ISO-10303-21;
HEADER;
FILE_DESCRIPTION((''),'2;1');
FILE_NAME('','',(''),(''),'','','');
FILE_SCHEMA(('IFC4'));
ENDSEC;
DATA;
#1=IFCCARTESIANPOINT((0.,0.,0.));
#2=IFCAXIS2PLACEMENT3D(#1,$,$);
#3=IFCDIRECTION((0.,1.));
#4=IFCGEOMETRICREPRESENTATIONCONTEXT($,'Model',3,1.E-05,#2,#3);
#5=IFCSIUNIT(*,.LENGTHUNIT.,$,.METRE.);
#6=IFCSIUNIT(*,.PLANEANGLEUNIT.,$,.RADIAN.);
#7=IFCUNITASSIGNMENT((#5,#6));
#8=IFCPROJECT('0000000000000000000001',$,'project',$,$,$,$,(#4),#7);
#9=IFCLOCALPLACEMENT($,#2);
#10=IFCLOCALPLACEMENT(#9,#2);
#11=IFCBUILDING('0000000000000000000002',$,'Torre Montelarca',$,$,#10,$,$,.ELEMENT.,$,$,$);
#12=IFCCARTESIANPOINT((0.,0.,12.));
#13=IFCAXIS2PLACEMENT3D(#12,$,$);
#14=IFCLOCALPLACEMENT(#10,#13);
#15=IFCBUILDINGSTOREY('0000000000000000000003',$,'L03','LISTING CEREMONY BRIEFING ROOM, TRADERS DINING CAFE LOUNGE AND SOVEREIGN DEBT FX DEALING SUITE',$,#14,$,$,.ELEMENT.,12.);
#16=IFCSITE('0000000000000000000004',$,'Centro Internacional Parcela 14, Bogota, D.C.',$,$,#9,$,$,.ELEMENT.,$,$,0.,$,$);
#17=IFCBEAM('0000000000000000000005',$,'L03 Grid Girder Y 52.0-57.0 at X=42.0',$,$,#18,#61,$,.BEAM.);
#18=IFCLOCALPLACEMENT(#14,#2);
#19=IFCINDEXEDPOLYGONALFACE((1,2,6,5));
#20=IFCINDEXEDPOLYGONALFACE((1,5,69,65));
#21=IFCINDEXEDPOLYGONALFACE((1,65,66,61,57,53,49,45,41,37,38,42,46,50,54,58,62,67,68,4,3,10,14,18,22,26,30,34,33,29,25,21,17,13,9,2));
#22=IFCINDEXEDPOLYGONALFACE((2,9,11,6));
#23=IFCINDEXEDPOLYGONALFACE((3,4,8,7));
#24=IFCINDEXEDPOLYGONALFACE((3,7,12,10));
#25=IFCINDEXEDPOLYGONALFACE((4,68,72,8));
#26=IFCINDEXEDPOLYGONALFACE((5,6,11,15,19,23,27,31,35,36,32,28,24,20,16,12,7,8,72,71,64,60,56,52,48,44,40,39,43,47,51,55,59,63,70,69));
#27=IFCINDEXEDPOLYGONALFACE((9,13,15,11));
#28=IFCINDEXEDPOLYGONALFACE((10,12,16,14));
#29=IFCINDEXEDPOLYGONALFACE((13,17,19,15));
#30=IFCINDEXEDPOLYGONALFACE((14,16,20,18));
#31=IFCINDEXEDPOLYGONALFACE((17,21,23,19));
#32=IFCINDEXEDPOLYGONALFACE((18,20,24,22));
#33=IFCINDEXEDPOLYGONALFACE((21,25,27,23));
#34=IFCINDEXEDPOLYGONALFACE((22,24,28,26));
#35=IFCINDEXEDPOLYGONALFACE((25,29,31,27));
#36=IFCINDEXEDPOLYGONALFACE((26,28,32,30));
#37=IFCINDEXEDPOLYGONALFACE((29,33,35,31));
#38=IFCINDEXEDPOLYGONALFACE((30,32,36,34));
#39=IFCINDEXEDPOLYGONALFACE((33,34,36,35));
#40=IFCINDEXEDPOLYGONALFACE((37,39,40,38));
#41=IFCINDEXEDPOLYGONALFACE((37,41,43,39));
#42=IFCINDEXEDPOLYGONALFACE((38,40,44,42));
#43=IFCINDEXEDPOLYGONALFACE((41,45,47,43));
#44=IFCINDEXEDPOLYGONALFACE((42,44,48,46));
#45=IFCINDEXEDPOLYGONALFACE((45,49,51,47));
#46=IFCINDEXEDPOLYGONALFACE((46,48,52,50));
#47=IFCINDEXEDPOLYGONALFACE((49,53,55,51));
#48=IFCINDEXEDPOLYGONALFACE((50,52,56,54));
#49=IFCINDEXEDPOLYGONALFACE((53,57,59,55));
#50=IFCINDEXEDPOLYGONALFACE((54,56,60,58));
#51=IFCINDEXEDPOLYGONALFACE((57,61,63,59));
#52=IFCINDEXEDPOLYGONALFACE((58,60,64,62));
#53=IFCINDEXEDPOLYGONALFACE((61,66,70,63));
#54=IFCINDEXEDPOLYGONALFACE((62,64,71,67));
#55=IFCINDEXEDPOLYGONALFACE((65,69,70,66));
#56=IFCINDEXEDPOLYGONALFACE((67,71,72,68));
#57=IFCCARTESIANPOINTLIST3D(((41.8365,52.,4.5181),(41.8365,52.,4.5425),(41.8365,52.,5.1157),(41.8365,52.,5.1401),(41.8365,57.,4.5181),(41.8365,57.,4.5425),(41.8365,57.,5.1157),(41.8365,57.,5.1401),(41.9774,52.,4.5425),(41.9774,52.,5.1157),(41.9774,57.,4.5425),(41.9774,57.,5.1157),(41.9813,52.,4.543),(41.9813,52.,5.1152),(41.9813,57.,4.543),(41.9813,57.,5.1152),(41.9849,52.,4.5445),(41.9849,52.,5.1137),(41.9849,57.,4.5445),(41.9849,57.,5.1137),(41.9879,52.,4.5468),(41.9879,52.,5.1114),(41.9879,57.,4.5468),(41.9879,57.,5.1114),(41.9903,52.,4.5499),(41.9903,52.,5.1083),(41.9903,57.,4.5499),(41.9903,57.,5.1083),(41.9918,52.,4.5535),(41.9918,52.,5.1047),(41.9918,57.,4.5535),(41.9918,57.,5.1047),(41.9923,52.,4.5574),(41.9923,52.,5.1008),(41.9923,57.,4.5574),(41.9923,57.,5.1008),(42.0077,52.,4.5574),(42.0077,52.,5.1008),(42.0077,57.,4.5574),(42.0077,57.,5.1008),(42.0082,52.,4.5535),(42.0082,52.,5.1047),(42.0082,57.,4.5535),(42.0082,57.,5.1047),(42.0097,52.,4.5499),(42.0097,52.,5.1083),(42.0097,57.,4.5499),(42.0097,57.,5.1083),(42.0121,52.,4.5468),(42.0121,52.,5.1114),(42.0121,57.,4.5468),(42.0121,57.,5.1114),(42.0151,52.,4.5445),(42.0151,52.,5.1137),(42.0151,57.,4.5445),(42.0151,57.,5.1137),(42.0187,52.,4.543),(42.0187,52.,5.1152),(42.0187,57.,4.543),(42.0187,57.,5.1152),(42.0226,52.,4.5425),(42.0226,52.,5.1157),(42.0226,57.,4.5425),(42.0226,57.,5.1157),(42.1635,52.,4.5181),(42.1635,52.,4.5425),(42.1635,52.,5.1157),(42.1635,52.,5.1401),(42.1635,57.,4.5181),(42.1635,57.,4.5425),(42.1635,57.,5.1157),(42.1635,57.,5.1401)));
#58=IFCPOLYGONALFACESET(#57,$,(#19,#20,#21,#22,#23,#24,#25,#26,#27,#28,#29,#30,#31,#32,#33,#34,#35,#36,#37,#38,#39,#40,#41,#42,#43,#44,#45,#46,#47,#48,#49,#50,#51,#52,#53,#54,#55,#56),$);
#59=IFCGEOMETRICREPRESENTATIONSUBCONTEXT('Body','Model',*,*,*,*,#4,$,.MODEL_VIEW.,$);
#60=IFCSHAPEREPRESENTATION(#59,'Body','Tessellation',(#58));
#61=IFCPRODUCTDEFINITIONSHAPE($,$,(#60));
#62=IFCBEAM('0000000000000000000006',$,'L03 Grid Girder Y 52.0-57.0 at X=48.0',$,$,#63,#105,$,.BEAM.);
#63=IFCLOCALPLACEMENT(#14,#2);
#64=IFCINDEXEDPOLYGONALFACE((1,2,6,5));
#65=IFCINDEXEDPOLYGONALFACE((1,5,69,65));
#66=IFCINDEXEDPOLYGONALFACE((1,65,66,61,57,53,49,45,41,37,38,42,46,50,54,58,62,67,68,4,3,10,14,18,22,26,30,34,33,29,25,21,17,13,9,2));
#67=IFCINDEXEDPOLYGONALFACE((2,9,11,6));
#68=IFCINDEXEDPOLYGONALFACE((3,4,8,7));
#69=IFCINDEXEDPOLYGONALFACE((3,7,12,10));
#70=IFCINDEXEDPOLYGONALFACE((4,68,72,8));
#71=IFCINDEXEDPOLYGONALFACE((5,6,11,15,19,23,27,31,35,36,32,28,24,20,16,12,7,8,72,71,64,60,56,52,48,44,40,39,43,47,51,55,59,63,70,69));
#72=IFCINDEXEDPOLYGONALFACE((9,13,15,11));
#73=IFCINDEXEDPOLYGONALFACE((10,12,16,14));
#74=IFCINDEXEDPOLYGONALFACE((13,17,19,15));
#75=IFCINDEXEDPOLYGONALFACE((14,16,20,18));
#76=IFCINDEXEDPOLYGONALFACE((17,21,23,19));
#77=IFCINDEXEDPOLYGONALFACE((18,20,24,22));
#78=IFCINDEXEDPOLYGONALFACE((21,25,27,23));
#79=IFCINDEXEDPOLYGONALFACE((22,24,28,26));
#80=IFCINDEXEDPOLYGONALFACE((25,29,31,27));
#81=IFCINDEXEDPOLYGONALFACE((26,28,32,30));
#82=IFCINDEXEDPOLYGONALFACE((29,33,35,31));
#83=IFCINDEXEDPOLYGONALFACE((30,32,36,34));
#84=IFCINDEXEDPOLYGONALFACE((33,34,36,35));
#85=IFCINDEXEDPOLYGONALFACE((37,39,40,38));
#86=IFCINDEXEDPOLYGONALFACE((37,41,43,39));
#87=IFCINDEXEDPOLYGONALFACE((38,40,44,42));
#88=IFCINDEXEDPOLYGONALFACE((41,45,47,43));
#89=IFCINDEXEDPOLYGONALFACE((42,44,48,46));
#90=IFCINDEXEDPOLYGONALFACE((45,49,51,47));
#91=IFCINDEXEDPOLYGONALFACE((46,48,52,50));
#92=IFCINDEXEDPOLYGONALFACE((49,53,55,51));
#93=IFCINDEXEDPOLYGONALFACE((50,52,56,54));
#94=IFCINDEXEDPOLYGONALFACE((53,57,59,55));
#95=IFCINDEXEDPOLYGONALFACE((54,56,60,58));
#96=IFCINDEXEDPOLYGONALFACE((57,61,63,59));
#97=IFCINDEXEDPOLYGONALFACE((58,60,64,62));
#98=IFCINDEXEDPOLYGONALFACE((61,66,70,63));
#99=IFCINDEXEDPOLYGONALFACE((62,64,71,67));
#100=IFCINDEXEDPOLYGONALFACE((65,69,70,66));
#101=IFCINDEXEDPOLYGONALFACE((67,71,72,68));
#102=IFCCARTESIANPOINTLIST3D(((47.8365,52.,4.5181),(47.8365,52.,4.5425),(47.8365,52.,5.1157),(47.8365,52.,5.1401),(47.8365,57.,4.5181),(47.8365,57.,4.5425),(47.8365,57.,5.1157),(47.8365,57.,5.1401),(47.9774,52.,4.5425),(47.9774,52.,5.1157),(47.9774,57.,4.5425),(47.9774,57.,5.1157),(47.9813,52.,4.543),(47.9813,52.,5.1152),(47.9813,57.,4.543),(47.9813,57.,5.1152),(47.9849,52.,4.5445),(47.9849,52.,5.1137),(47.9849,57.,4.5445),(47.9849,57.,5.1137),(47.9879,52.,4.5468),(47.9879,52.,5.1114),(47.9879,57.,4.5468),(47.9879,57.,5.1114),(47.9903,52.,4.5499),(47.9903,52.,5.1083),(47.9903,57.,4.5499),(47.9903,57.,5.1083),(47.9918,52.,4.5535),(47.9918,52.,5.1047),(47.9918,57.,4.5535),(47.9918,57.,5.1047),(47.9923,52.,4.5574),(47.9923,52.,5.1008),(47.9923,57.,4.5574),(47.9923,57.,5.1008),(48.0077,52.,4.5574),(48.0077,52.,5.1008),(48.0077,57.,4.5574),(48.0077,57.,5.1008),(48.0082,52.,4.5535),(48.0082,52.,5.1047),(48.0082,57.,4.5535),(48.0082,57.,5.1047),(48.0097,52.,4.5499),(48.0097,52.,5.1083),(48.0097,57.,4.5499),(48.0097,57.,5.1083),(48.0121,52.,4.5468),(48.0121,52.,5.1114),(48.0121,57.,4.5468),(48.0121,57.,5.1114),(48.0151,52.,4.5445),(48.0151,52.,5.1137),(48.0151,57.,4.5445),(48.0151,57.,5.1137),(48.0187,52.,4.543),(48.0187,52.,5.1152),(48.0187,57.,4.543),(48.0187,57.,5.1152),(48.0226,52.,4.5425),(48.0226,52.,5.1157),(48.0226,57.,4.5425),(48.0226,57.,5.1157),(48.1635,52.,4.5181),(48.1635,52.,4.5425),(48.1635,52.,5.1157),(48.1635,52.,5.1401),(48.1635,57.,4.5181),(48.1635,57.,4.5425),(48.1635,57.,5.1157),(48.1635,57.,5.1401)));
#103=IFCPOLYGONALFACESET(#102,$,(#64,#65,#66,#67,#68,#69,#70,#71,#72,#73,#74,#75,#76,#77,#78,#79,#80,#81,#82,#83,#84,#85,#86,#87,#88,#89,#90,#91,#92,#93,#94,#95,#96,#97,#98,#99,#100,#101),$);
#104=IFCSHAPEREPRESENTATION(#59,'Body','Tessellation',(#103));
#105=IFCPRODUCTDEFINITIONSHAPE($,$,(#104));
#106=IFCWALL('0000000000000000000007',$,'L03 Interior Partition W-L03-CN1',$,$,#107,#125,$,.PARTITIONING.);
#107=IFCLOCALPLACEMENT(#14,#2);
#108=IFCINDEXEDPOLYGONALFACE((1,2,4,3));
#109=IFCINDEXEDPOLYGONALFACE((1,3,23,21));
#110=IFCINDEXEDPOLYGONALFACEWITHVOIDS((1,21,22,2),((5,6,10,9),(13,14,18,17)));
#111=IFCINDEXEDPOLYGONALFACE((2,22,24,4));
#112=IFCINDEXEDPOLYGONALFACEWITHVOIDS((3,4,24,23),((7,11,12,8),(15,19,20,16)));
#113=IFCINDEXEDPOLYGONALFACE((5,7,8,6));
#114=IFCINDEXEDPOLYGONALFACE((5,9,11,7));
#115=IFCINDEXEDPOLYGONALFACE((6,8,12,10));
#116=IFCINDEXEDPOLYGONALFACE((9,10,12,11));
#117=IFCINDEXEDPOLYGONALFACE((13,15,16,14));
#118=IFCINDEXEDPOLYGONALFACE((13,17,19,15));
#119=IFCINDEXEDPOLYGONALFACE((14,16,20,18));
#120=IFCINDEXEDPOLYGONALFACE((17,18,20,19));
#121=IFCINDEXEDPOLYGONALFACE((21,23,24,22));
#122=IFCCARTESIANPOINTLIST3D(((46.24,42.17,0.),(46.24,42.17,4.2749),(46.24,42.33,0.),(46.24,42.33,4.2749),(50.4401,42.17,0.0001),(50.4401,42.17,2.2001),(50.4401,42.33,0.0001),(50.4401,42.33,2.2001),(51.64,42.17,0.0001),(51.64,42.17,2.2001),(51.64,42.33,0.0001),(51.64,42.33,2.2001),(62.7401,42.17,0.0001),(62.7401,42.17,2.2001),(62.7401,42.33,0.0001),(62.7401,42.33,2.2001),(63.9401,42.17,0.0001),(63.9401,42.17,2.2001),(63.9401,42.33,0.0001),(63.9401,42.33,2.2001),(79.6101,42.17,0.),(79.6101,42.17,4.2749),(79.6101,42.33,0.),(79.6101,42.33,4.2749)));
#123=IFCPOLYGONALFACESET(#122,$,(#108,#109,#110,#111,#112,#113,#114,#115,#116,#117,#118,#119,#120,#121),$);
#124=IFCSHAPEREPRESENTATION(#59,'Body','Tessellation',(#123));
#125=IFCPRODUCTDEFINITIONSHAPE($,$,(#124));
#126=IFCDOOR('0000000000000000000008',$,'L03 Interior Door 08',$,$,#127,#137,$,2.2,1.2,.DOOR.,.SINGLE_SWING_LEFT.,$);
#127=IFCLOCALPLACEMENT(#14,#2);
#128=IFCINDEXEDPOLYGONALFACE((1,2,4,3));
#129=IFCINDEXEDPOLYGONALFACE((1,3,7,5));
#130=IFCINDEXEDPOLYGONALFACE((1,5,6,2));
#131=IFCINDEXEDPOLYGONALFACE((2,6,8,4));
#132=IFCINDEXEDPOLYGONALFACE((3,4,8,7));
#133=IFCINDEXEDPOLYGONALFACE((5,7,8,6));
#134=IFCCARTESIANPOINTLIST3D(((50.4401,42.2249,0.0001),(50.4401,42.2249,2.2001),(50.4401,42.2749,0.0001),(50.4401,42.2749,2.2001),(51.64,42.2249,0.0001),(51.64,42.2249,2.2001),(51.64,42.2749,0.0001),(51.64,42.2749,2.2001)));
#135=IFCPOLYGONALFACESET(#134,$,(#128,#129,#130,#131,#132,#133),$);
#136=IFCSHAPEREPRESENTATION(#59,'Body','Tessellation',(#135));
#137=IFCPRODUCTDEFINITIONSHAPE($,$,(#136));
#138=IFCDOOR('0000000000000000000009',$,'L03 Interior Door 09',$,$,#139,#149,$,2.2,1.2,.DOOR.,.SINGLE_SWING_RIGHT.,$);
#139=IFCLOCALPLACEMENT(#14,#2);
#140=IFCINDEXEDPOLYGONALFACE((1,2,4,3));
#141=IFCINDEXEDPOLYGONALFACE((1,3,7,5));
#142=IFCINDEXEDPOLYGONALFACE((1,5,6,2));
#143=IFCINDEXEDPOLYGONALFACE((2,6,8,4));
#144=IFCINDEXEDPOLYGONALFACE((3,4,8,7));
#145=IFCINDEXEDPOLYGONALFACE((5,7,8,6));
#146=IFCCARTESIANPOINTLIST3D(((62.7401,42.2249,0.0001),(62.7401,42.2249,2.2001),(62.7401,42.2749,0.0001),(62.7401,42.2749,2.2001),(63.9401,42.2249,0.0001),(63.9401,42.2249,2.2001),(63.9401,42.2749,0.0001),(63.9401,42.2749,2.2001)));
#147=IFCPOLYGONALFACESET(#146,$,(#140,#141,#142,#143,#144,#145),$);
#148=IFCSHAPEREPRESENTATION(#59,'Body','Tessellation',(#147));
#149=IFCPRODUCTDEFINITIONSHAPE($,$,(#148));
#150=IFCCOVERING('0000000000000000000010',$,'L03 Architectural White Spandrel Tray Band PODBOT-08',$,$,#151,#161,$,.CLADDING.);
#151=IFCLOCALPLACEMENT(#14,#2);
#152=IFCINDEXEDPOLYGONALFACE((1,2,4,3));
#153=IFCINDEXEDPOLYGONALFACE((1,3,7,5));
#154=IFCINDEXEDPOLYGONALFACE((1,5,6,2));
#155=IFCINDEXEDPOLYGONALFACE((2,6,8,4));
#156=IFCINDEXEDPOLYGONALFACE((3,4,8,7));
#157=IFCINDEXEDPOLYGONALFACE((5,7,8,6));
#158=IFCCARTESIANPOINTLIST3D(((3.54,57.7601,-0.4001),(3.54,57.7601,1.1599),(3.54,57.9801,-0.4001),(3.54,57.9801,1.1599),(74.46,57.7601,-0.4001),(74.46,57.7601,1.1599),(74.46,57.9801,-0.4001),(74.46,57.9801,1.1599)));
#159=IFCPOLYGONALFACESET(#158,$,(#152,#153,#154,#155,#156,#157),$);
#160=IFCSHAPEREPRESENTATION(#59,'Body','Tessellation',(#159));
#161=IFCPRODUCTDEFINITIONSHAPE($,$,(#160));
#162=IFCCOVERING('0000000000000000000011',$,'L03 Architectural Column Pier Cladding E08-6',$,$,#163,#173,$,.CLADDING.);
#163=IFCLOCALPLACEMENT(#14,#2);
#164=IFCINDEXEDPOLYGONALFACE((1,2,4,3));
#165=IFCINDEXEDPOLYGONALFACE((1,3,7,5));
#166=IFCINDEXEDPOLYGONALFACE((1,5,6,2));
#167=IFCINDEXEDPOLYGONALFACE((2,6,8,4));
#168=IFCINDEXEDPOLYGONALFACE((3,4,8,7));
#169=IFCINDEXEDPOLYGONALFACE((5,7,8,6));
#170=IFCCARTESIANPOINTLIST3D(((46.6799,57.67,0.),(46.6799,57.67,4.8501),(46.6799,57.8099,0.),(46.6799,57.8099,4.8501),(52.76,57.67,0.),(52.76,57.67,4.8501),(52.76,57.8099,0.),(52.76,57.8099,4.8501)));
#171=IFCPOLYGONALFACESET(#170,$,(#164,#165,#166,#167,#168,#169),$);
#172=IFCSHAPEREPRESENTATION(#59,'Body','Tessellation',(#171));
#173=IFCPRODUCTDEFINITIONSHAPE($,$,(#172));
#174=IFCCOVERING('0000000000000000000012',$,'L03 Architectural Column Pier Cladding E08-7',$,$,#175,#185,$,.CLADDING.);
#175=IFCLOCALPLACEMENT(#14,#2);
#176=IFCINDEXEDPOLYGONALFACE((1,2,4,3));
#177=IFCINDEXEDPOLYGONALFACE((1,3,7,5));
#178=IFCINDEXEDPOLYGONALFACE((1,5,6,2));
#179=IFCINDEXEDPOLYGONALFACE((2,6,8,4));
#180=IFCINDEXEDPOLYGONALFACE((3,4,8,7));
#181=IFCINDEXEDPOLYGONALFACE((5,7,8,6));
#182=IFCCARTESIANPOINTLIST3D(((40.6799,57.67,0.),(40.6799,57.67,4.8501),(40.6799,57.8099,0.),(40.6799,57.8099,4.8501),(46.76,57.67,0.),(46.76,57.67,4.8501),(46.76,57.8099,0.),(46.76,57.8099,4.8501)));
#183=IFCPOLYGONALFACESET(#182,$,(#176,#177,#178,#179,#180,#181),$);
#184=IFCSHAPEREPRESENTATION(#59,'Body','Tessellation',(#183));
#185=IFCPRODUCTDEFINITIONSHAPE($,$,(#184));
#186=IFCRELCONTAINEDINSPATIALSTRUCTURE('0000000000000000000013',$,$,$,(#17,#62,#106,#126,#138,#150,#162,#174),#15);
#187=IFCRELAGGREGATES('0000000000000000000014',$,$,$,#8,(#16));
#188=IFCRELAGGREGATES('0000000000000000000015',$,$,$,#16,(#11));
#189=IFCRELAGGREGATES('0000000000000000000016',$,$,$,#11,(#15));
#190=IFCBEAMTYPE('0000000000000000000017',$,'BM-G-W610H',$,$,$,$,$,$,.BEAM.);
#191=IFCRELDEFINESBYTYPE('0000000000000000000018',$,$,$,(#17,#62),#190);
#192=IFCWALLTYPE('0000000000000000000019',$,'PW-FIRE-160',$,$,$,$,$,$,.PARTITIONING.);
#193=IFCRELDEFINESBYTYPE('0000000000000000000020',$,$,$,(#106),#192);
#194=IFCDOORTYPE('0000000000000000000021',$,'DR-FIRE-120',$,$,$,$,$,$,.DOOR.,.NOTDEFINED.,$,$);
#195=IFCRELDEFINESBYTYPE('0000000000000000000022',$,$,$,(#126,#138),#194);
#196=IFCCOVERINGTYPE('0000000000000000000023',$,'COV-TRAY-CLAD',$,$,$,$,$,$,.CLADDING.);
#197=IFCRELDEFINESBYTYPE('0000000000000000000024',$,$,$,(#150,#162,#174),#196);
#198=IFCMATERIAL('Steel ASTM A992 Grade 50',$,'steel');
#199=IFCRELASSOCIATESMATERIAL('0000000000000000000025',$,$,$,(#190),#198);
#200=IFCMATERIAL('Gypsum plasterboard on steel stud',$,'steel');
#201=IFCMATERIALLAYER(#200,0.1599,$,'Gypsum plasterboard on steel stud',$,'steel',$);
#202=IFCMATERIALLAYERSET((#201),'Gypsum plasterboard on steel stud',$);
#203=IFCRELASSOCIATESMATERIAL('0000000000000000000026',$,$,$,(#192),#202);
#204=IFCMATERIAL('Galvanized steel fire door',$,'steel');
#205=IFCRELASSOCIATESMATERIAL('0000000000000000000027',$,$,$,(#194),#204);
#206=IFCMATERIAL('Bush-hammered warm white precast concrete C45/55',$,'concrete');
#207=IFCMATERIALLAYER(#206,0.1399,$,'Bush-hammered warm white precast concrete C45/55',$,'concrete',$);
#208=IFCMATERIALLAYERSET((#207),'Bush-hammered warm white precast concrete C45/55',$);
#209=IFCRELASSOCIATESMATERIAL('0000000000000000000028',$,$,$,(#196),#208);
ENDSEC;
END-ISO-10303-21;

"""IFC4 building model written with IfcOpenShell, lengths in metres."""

from ifc_helpers import new_model, si_unit, direction, frame, frame_2d, origin, origin_2d, place, context, subcontext, project, spatial, rectangle, i_section, extrude, source, transform, mapped, material, layer, layer_set, material_profile, profile_set, type_object, element, fill, save


model = new_model("IFC4")

# Units and contexts
model_context = context("Model", 3, precision=1e-05, world=origin(), true_north=direction((0.0, 1.0)))
body_context = subcontext(model_context, "Body", "Model", "MODEL_VIEW")
ifc_project = project(units=[si_unit("LENGTHUNIT", "METRE"), si_unit("PLANEANGLEUNIT", "RADIAN")], contexts=[model_context])

# Site, building, storey
site_placement = place(None, origin())
site = spatial("IfcSite", under=ifc_project, at=site_placement, Name="Centro Internacional Parcela 14, Bogota, D.C.", CompositionType="ELEMENT", RefElevation=0.0)
building_placement = place(site_placement, origin())
building = spatial("IfcBuilding", under=site, at=building_placement, Name="Torre Montelarca", CompositionType="ELEMENT")
storey_placement = place(building_placement, frame((0.0, 0.0, 12.0)))
storey = spatial("IfcBuildingStorey", under=building, at=storey_placement, Name="L03", Description="LISTING CEREMONY BRIEFING ROOM, TRADERS DINING CAFE LOUNGE AND SOVEREIGN DEBT FX DEALING SUITE", CompositionType="ELEMENT", Elevation=12.0)

# Shared definitions
ifc_material_1 = material(Name="Steel ASTM A992 Grade 50", Category="steel")

# Beams
ifc_material_profile_1 = material_profile(ifc_material_1, i_section(OverallWidth=0.3269, OverallDepth=0.6221, WebThickness=0.0154, FlangeThickness=0.0244, FilletRadius=0.0149, at=origin_2d()), Name="W610X195", Category="steel")
ifc_profile_set_1 = profile_set([ifc_material_profile_1], Name="Steel ASTM A992 Grade 50")
beam_type_1 = type_object("IfcBeamType", Name="BM-G-W610H", PredefinedType="BEAM", material=ifc_profile_set_1)
shared_shape_1 = source(origin(), body_context, "Body", "SweptSolid", [
    extrude(i_section(OverallWidth=0.3269, OverallDepth=0.6221, WebThickness=0.0154, FlangeThickness=0.0244, FilletRadius=0.0149, at=origin_2d()), origin(), (0.0, 0.0, 1.0), 5.0),
])
for number, where, z_axis, x_axis, name in (
    (1, (42.0, 52.0, 4.8291), (0.0, 1.0, 0.0), (-1.0, 0.0, 0.0), "L03 Grid Girder Y 52.0-57.0 at X=42.0"),
    (2, (48.0, 52.0, 4.8291), (0.0, 1.0, 0.0), (-1.0, 0.0, 0.0), "L03 Grid Girder Y 52.0-57.0 at X=48.0"),
):
    element("IfcBeam", number, at=place(storey_placement, frame(where, z_axis=z_axis, x_axis=x_axis)), inside=storey, type_object=beam_type_1, Name=name, PredefinedType="BEAM", context=body_context, shape_type="MappedRepresentation", body=[
        mapped(shared_shape_1, transform((0.0, 0.0, 0.0), scale=1.0)),
    ])

# Wall, openings, doors
ifc_material_2 = material(Name="Gypsum plasterboard on steel stud", Category="steel")
ifc_layer_1 = layer(ifc_material_2, 0.1599, Name="Gypsum plasterboard on steel stud", Category="steel")
ifc_layer_set_1 = layer_set([ifc_layer_1], Name="Gypsum plasterboard on steel stud")
wall_type = type_object("IfcWallType", Name="PW-FIRE-160", PredefinedType="PARTITIONING", material=ifc_layer_set_1)
wall_placement = place(storey_placement, frame((46.24, 42.25, 0.0), z_axis=(0.0, 0.0, 1.0), x_axis=(1.0, 0.0, 0.0)))
wall = element("IfcWall", 3, at=wall_placement, inside=storey, type_object=wall_type, Name="L03 Interior Partition W-L03-CN1", PredefinedType="PARTITIONING", context=body_context, shape_type="SweptSolid", body=[
    extrude(rectangle(XDim=33.3701, YDim=0.1599, at=frame_2d((16.6851, 0.0))), origin(), (0.0, 0.0, 1.0), 4.2749),
])
opening_1_placement = place(wall_placement, frame((4.2, 0.0, 0.0)))
opening_1 = element("IfcOpeningElement", 4, at=opening_1_placement, cuts=wall, PredefinedType="OPENING", context=body_context, shape_type="SweptSolid", body=[
    extrude(rectangle(XDim=1.2, YDim=2.2, at=frame_2d((0.6001, 1.1001))), frame((0.0, 0.0898, 0.0), z_axis=(0.0, -1.0, 0.0), x_axis=(1.0, 0.0, 0.0)), (0.0, 0.0, 1.0), 0.1799),
])
opening_2_placement = place(wall_placement, frame((16.5, 0.0, 0.0)))
opening_2 = element("IfcOpeningElement", 5, at=opening_2_placement, cuts=wall, PredefinedType="OPENING", context=body_context, shape_type="SweptSolid", body=[
    extrude(rectangle(XDim=1.2, YDim=2.2, at=frame_2d((0.6001, 1.1001))), frame((0.0, 0.0898, 0.0), z_axis=(0.0, -1.0, 0.0), x_axis=(1.0, 0.0, 0.0)), (0.0, 0.0, 1.0), 0.1799),
])
ifc_material_3 = material(Name="Galvanized steel fire door", Category="steel")
door_type = type_object("IfcDoorType", Name="DR-FIRE-120", OperationType="NOTDEFINED", PredefinedType="DOOR", material=ifc_material_3)
shared_shape_2 = source(origin(), body_context, "Body", "SweptSolid", [
    extrude(rectangle(XDim=1.2, YDim=2.2, at=frame_2d((0.6001, 1.1001))), frame((0.0, 0.0249, 0.0), z_axis=(0.0, -1.0, 0.0), x_axis=(1.0, 0.0, 0.0)), (0.0, 0.0, 1.0), 0.05),
])
door_1_placement = place(opening_1_placement, origin())
door_1 = element("IfcDoor", 6, at=door_1_placement, inside=storey, type_object=door_type, Name="L03 Interior Door 08", OperationType="SINGLE_SWING_LEFT", OverallHeight=2.2, OverallWidth=1.2, PredefinedType="DOOR", context=body_context, shape_type="MappedRepresentation", body=[
    mapped(shared_shape_2, transform((0.0, 0.0, 0.0), scale=1.0)),
])
fill(opening_1, door_1)
door_2_placement = place(opening_2_placement, origin())
door_2 = element("IfcDoor", 7, at=door_2_placement, inside=storey, type_object=door_type, Name="L03 Interior Door 09", OperationType="SINGLE_SWING_RIGHT", OverallHeight=2.2, OverallWidth=1.2, PredefinedType="DOOR", context=body_context, shape_type="MappedRepresentation", body=[
    mapped(shared_shape_2, transform((0.0, 0.0, 0.0), scale=1.0)),
])
fill(opening_2, door_2)

# Coverings
ifc_material_4 = material(Name="Bush-hammered warm white precast concrete C45/55", Category="concrete")
ifc_layer_2 = layer(ifc_material_4, 0.1399, Name="Bush-hammered warm white precast concrete C45/55", Category="concrete")
ifc_layer_set_2 = layer_set([ifc_layer_2], Name="Bush-hammered warm white precast concrete C45/55")
covering_type = type_object("IfcCoveringType", Name="COV-TRAY-CLAD", PredefinedType="CLADDING", material=ifc_layer_set_2)
shared_shape_3 = source(origin(), body_context, "Body", "SweptSolid", [
    extrude(rectangle(XDim=70.9199, YDim=0.22, at=origin_2d()), origin(), (0.0, 0.0, 1.0), 1.5601),
])
covering_placement = place(storey_placement, frame((39.0, 57.8701, -0.4001), z_axis=(0.0, 0.0, 1.0), x_axis=(-1.0, 0.0, 0.0)))
element("IfcCovering", 8, at=covering_placement, inside=storey, type_object=covering_type, Name="L03 Architectural White Spandrel Tray Band PODBOT-08", PredefinedType="CLADDING", context=body_context, shape_type="MappedRepresentation", body=[
    mapped(shared_shape_3, transform((0.0, 0.0, 0.0), scale=1.0)),
])
shared_shape_4 = source(origin(), body_context, "Body", "SweptSolid", [
    extrude(rectangle(XDim=6.0801, YDim=0.1399, at=origin_2d()), origin(), (0.0, 0.0, 1.0), 4.8501),
])
for number, where, z_axis, x_axis, name in (
    (9, (49.72, 57.74, 0.0), (0.0, 0.0, 1.0), (-1.0, 0.0, 0.0), "L03 Architectural Column Pier Cladding E08-6"),
    (10, (43.72, 57.74, 0.0), (0.0, 0.0, 1.0), (-1.0, 0.0, 0.0), "L03 Architectural Column Pier Cladding E08-7"),
):
    element("IfcCovering", number, at=place(storey_placement, frame(where, z_axis=z_axis, x_axis=x_axis)), inside=storey, type_object=covering_type, Name=name, PredefinedType="CLADDING", context=body_context, shape_type="MappedRepresentation", body=[
        mapped(shared_shape_4, transform((0.0, 0.0, 0.0), scale=1.0)),
    ])

save(model, "model.ifc")
